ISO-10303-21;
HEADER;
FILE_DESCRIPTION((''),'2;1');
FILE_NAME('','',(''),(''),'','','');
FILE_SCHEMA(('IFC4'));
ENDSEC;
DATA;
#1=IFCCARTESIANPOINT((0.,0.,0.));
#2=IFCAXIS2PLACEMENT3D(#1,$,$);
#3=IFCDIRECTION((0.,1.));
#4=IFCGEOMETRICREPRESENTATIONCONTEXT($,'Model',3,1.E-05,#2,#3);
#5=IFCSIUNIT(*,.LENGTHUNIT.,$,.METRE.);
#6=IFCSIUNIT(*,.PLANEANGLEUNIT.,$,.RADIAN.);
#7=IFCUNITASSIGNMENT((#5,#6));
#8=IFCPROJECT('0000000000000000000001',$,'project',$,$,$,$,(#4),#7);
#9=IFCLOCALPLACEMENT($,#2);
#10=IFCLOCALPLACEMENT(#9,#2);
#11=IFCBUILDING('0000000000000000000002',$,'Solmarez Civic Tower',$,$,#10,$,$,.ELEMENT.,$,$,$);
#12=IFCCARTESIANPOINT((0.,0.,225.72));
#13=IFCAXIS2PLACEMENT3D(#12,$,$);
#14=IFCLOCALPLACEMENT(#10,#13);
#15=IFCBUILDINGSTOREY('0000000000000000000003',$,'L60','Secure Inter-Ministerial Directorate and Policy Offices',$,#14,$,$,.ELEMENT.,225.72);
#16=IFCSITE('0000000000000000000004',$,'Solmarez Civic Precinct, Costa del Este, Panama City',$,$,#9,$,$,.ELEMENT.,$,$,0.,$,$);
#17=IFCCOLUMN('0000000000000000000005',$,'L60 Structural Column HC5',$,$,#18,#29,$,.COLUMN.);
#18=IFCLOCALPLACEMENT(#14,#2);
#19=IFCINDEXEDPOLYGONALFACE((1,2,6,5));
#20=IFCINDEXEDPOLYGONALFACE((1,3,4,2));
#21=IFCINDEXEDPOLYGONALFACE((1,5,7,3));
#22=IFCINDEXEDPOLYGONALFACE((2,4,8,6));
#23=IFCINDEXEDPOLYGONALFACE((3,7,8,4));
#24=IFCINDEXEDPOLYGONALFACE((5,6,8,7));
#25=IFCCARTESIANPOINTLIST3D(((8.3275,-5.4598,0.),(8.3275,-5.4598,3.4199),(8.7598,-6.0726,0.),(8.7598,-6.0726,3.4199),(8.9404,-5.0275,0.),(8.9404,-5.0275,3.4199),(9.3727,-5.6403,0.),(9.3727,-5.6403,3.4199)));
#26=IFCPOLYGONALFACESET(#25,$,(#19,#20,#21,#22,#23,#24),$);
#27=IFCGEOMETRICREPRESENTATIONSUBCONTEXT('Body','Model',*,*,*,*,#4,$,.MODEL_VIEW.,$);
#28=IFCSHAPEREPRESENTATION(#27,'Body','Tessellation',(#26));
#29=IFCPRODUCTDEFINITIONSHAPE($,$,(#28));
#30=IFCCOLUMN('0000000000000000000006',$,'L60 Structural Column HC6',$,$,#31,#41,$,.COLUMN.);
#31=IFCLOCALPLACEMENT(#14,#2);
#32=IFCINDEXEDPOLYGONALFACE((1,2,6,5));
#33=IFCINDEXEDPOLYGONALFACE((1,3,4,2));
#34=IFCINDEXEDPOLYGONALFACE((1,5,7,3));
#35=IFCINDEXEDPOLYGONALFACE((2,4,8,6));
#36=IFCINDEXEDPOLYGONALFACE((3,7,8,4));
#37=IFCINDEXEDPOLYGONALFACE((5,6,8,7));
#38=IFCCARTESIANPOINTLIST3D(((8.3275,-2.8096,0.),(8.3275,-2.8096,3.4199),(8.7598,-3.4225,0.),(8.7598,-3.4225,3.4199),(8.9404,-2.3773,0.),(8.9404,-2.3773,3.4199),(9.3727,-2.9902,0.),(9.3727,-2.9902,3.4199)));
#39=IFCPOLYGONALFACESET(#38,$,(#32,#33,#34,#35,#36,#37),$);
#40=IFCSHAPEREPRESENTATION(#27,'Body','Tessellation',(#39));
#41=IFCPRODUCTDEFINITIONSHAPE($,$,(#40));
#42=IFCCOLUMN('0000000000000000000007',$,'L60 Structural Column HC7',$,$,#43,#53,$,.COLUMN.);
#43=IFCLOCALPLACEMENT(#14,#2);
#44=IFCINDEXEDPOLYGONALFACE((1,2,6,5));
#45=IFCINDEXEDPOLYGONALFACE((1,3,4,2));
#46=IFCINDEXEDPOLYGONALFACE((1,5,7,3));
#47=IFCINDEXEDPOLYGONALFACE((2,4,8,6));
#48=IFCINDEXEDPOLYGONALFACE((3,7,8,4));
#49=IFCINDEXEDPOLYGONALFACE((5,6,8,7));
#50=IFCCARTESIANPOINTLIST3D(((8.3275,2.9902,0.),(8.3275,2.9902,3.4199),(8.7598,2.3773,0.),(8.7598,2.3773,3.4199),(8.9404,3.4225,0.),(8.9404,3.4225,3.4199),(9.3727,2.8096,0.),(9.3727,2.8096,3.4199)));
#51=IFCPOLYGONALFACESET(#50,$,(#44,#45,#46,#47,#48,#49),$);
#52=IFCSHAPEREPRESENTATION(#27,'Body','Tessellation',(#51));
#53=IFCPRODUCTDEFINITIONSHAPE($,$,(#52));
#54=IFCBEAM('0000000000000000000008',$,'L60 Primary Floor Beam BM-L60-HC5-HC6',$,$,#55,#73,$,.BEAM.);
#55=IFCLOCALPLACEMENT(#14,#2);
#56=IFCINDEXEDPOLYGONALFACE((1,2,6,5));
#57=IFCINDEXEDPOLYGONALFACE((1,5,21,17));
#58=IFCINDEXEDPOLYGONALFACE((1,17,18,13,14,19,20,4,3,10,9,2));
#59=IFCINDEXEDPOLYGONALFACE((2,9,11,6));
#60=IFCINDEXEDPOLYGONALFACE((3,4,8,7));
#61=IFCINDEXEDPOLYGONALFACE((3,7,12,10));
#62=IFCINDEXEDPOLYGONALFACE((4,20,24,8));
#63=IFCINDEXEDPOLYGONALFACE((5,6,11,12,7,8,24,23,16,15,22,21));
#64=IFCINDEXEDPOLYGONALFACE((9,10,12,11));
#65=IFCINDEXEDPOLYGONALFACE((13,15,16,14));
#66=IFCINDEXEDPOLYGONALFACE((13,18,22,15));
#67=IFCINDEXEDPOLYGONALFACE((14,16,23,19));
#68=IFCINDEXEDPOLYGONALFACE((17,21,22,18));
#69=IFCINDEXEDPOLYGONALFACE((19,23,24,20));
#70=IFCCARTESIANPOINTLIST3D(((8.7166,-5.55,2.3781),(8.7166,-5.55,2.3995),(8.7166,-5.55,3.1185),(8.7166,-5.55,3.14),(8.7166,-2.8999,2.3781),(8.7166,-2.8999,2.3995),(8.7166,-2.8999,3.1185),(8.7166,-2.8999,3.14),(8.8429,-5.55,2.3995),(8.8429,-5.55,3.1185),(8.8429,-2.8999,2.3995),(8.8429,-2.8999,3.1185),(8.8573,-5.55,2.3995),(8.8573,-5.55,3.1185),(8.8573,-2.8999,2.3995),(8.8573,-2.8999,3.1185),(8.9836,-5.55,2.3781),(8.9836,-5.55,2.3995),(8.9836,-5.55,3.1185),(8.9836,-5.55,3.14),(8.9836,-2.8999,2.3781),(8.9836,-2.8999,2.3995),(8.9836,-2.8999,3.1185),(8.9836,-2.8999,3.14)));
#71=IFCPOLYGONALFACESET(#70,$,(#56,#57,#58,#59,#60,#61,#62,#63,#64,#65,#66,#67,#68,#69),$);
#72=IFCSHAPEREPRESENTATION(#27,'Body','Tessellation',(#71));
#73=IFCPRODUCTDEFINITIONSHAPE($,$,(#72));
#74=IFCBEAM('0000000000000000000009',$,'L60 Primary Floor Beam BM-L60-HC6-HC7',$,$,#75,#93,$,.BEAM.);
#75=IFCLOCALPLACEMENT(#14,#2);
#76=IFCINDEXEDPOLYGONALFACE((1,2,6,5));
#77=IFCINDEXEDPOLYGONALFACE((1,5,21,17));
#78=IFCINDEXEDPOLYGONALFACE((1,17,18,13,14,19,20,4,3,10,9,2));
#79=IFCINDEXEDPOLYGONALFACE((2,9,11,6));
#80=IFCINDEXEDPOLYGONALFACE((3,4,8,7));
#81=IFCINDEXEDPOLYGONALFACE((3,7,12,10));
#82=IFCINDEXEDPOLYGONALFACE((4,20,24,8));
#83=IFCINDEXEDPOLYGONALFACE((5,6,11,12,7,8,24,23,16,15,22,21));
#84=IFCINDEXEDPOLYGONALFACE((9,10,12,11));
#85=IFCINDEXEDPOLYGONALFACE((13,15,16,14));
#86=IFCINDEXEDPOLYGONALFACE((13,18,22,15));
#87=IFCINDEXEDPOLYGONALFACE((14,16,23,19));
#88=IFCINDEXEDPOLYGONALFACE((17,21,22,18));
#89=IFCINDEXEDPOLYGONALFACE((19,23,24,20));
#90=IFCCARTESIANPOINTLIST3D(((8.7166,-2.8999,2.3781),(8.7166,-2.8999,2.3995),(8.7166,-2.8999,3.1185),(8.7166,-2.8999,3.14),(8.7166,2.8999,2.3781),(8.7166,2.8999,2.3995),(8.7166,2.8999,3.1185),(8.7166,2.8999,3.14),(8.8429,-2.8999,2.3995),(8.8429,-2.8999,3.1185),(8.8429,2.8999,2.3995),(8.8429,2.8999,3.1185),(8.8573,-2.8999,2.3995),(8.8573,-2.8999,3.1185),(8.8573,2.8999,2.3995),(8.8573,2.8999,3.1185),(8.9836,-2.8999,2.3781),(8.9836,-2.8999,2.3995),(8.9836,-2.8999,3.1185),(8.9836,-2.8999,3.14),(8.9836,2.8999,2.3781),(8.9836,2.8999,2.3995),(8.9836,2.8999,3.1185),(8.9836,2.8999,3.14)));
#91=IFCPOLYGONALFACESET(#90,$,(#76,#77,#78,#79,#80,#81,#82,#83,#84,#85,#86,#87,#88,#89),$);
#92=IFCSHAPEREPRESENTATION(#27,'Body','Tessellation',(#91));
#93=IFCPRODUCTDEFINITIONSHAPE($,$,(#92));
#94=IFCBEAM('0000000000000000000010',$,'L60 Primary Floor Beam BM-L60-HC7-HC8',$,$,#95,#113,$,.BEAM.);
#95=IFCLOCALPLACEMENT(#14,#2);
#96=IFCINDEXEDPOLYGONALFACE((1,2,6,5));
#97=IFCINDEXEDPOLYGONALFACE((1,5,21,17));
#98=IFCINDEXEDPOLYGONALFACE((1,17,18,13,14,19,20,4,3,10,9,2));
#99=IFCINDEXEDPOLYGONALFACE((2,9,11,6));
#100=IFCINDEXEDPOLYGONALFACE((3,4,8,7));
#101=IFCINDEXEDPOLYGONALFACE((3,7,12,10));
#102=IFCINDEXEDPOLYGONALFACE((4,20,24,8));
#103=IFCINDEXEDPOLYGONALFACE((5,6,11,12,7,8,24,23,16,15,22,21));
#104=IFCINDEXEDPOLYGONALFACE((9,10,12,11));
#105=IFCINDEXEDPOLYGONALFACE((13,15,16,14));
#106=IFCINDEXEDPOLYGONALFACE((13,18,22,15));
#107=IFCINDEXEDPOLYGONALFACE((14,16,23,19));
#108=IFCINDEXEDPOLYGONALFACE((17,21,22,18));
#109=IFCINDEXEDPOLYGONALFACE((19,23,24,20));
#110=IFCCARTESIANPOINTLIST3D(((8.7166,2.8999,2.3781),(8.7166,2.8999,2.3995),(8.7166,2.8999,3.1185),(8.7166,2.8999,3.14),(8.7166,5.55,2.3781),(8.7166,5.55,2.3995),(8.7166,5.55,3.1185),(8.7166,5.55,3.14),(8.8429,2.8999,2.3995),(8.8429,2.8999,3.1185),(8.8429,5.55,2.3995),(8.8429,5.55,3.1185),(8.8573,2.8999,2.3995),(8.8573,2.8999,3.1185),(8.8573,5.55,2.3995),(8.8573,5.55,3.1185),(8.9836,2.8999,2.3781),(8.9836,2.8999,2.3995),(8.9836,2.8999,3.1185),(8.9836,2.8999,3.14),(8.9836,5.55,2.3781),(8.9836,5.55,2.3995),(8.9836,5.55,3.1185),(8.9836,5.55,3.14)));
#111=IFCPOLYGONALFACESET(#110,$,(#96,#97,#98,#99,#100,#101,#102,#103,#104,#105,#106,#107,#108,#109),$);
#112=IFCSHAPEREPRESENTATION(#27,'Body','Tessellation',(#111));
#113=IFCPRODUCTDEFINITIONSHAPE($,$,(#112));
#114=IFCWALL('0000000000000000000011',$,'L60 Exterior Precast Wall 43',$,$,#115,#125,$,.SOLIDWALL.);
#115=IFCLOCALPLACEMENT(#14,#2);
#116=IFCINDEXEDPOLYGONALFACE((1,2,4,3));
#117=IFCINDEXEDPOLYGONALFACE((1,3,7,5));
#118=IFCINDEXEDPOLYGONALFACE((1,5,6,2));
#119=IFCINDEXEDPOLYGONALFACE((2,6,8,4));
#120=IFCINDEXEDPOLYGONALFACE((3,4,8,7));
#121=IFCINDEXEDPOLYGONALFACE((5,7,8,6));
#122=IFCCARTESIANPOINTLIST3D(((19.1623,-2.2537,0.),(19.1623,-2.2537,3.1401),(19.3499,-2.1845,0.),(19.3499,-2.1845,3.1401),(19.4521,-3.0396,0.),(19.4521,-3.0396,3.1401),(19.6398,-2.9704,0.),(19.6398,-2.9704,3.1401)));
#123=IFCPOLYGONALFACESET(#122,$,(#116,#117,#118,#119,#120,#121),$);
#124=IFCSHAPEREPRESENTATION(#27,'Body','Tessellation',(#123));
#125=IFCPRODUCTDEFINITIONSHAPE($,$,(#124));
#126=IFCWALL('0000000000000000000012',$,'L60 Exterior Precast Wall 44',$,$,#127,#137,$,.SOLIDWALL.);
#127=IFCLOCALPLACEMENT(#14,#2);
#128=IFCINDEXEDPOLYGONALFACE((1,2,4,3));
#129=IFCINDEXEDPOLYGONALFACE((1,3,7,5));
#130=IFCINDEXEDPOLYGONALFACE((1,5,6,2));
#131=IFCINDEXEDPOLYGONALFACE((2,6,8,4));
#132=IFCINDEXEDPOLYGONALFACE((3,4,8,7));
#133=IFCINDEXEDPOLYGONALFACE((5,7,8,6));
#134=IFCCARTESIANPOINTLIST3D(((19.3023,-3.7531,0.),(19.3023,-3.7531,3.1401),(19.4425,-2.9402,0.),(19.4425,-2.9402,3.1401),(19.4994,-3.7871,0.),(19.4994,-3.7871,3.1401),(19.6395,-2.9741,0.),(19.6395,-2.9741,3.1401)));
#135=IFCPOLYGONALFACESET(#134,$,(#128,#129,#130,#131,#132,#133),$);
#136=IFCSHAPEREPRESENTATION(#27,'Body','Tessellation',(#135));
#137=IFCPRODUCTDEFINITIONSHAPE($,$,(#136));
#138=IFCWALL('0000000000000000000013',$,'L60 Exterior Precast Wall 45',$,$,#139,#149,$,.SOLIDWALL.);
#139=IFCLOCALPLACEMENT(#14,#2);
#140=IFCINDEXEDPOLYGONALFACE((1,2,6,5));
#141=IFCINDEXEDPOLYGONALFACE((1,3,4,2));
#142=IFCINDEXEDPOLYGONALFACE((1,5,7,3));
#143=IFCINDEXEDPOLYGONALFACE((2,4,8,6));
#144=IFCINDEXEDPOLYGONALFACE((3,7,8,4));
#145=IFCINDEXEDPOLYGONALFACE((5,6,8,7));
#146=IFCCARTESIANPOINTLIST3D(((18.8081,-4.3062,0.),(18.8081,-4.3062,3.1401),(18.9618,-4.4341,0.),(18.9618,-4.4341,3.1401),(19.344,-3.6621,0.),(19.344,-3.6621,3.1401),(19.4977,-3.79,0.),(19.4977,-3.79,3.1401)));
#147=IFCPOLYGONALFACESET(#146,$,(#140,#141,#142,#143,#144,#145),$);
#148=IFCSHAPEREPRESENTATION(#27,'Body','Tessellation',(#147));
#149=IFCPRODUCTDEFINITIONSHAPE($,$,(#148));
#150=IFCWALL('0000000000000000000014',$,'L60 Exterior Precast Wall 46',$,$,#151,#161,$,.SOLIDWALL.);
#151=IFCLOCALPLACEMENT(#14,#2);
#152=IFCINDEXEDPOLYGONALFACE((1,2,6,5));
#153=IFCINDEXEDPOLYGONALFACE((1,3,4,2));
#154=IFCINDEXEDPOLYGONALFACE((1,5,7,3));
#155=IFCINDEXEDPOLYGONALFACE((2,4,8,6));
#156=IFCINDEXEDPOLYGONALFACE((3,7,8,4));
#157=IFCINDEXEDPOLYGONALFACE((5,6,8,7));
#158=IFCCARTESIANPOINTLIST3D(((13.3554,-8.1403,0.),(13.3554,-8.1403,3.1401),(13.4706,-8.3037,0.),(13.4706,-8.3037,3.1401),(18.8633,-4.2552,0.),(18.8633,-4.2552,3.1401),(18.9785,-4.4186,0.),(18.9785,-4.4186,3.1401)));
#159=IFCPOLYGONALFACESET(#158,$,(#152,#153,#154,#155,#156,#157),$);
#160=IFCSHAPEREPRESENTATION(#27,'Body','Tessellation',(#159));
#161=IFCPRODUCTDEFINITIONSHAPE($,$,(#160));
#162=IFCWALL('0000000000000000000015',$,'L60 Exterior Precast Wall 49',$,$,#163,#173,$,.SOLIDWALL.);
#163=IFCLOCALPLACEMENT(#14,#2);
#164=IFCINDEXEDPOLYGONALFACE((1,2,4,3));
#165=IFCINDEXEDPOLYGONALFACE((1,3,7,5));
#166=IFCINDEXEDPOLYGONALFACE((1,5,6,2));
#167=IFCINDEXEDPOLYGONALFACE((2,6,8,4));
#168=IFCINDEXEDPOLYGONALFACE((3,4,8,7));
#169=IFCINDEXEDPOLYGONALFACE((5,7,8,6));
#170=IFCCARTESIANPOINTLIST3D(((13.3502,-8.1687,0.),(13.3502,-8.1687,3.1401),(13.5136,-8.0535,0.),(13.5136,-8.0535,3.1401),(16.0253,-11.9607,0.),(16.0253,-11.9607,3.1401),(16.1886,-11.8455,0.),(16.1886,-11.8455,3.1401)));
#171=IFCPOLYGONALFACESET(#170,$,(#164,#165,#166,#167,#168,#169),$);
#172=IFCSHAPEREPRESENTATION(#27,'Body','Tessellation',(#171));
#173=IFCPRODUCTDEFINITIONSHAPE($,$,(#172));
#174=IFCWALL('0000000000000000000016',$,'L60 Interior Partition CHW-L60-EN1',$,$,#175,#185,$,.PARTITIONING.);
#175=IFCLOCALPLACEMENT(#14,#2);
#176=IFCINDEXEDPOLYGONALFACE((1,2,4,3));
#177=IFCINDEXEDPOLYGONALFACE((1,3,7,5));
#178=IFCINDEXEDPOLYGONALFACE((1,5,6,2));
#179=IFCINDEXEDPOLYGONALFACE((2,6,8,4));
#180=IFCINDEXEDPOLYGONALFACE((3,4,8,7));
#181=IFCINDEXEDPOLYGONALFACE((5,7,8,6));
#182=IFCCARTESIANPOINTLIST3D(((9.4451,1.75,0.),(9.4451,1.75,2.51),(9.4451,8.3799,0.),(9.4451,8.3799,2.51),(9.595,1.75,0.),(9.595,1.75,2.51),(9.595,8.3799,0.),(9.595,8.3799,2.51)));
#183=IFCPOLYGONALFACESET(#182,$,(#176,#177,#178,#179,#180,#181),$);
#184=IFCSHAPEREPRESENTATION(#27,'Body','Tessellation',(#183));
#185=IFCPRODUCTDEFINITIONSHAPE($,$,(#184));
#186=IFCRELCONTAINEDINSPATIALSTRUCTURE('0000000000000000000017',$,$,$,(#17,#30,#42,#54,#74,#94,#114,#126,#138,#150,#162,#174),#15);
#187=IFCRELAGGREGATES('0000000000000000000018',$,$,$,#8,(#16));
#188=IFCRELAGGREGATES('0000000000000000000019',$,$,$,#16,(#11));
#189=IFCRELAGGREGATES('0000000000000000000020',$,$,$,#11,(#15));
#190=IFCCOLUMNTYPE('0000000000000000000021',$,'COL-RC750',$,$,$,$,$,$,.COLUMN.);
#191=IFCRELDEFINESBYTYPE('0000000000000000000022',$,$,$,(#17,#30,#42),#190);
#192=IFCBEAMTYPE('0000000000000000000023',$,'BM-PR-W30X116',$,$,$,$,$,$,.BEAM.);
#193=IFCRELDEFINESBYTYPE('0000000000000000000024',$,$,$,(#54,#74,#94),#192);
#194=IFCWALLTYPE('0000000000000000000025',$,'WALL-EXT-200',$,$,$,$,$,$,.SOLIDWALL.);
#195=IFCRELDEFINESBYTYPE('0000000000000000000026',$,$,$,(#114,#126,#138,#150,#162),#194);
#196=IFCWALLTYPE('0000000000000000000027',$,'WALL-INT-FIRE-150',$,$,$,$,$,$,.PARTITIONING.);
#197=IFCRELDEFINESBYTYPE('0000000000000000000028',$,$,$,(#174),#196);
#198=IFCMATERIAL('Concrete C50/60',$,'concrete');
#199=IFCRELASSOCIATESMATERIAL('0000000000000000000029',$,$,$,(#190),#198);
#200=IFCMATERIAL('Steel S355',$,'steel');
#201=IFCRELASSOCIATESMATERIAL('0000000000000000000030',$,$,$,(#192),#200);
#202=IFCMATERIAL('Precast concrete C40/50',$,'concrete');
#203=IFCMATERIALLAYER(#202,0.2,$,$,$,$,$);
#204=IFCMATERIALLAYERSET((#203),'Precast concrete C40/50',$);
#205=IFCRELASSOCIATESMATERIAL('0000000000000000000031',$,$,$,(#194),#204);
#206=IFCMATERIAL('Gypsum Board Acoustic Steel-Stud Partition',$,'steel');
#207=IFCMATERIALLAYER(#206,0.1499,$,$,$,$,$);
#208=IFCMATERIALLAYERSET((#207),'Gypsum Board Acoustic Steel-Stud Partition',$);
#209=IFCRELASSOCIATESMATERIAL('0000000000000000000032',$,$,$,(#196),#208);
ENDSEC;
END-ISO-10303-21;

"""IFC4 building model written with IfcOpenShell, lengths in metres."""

from ifc_helpers import new_model, si_unit, direction, frame, frame_2d, origin, origin_2d, place, context, subcontext, project, spatial, rectangle, i_section, extrude, material, layer, layer_set, material_profile, profile_set, type_object, element, save


model = new_model("IFC4")

# Units and contexts
model_context = context("Model", 3, precision=1e-05, world=origin(), true_north=direction((0.0, 1.0)))
body_context = subcontext(model_context, "Body", "Model", "MODEL_VIEW")
ifc_project = project(units=[si_unit("LENGTHUNIT", "METRE"), si_unit("PLANEANGLEUNIT", "RADIAN")], contexts=[model_context])

# Site, building, storey
site_placement = place(None, origin())
site = spatial("IfcSite", under=ifc_project, at=site_placement, Name="Solmarez Civic Precinct, Costa del Este, Panama City", CompositionType="ELEMENT", RefElevation=0.0)
building_placement = place(site_placement, origin())
building = spatial("IfcBuilding", under=site, at=building_placement, Name="Solmarez Civic Tower", CompositionType="ELEMENT")
storey_placement = place(building_placement, frame((0.0, 0.0, 225.72)))
storey = spatial("IfcBuildingStorey", under=building, at=storey_placement, Name="L60", Description="Secure Inter-Ministerial Directorate and Policy Offices", CompositionType="ELEMENT", Elevation=225.72)

# Columns
ifc_material_1 = material(Name="Concrete C50/60", Category="concrete")
ifc_material_profile_1 = material_profile(ifc_material_1, rectangle(XDim=0.75, YDim=0.75, at=origin_2d()), Name="RC750X750")
ifc_profile_set_1 = profile_set([ifc_material_profile_1], Name="Concrete C50/60")
column_type = type_object("IfcColumnType", Name="COL-RC750", PredefinedType="COLUMN", material=ifc_profile_set_1)
for number, where, z_axis, x_axis, name in (
    (1, (8.8501, -5.55, 0.0), (0.0, 0.0, 1.0), (0.817145, 0.576432, 0.0), "L60 Structural Column HC5"),
    (2, (8.8501, -2.8999, 0.0), (0.0, 0.0, 1.0), (0.817145, 0.576432, 0.0), "L60 Structural Column HC6"),
    (3, (8.8501, 2.8999, 0.0), (0.0, 0.0, 1.0), (0.817145, 0.576432, 0.0), "L60 Structural Column HC7"),
):
    element("IfcColumn", number, at=place(storey_placement, frame(where, z_axis=z_axis, x_axis=x_axis)), inside=storey, type_object=column_type, Name=name, PredefinedType="COLUMN", context=body_context, shape_type="SweptSolid", body=[
        extrude(rectangle(XDim=0.75, YDim=0.75, at=origin_2d()), origin(), (0.0, 0.0, 1.0), 3.4199),
    ])

# Beams
ifc_material_2 = material(Name="Steel S355", Category="steel")
ifc_material_profile_2 = material_profile(ifc_material_2, i_section(OverallWidth=0.2671, OverallDepth=0.762, WebThickness=0.0144, FlangeThickness=0.0215, at=origin_2d()), Name="W30X116")
ifc_profile_set_2 = profile_set([ifc_material_profile_2], Name="Steel S355")
beam_type = type_object("IfcBeamType", Name="BM-PR-W30X116", PredefinedType="BEAM", material=ifc_profile_set_2)
beam_1_placement = place(storey_placement, frame((8.8501, -5.55, 2.759), z_axis=(0.0, 1.0, 0.0), x_axis=(-1.0, 0.0, 0.0)))
element("IfcBeam", 4, at=beam_1_placement, inside=storey, type_object=beam_type, Name="L60 Primary Floor Beam BM-L60-HC5-HC6", PredefinedType="BEAM", context=body_context, shape_type="SweptSolid", body=[
    extrude(i_section(OverallWidth=0.2671, OverallDepth=0.762, WebThickness=0.0144, FlangeThickness=0.0215, at=origin_2d()), origin(), (0.0, 0.0, 1.0), 2.6501),
])
beam_2_placement = place(storey_placement, frame((8.8501, -2.8999, 2.759), z_axis=(0.0, 1.0, 0.0), x_axis=(-1.0, 0.0, 0.0)))
element("IfcBeam", 5, at=beam_2_placement, inside=storey, type_object=beam_type, Name="L60 Primary Floor Beam BM-L60-HC6-HC7", PredefinedType="BEAM", context=body_context, shape_type="SweptSolid", body=[
    extrude(i_section(OverallWidth=0.2671, OverallDepth=0.762, WebThickness=0.0144, FlangeThickness=0.0215, at=origin_2d()), origin(), (0.0, 0.0, 1.0), 5.7998),
])
beam_3_placement = place(storey_placement, frame((8.8501, 2.8999, 2.759), z_axis=(0.0, 1.0, 0.0), x_axis=(-1.0, 0.0, 0.0)))
element("IfcBeam", 6, at=beam_3_placement, inside=storey, type_object=beam_type, Name="L60 Primary Floor Beam BM-L60-HC7-HC8", PredefinedType="BEAM", context=body_context, shape_type="SweptSolid", body=[
    extrude(i_section(OverallWidth=0.2671, OverallDepth=0.762, WebThickness=0.0144, FlangeThickness=0.0215, at=origin_2d()), origin(), (0.0, 0.0, 1.0), 2.6501),
])

# Walls
ifc_material_3 = material(Name="Precast concrete C40/50", Category="concrete")
ifc_layer_1 = layer(ifc_material_3, 0.2)
ifc_layer_set_1 = layer_set([ifc_layer_1], Name="Precast concrete C40/50")
wall_type_1 = type_object("IfcWallType", Name="WALL-EXT-200", PredefinedType="SOLIDWALL", material=ifc_layer_set_1)
wall_1_placement = place(storey_placement, frame((19.2561, -2.219, 0.0), z_axis=(0.0, 0.0, 1.0), x_axis=(0.345975, -0.938244, 0.0)))
element("IfcWall", 7, at=wall_1_placement, inside=storey, type_object=wall_type_1, Name="L60 Exterior Precast Wall 43", PredefinedType="SOLIDWALL", context=body_context, shape_type="SweptSolid", body=[
    extrude(rectangle(XDim=0.8376, YDim=0.2, at=frame_2d((0.4189, 0.0))), origin(), (0.0, 0.0, 1.0), 3.1401),
])
wall_2_placement = place(storey_placement, frame((19.541, -2.957, 0.0), z_axis=(0.0, 0.0, 1.0), x_axis=(-0.169867, -0.985467, 0.0)))
element("IfcWall", 8, at=wall_2_placement, inside=storey, type_object=wall_type_1, Name="L60 Exterior Precast Wall 44", PredefinedType="SOLIDWALL", context=body_context, shape_type="SweptSolid", body=[
    extrude(rectangle(XDim=0.825, YDim=0.2, at=frame_2d((0.4126, 0.0))), origin(), (0.0, 0.0, 1.0), 3.1401),
])
wall_3_placement = place(storey_placement, frame((19.4209, -3.7261, 0.0), z_axis=(0.0, 0.0, 1.0), x_axis=(-0.639611, -0.768699, 0.0)))
element("IfcWall", 9, at=wall_3_placement, inside=storey, type_object=wall_type_1, Name="L60 Exterior Precast Wall 45", PredefinedType="SOLIDWALL", context=body_context, shape_type="SweptSolid", body=[
    extrude(rectangle(XDim=0.8379, YDim=0.2, at=frame_2d((0.4189, 0.0))), origin(), (0.0, 0.0, 1.0), 3.1401),
])
wall_4_placement = place(storey_placement, frame((18.9209, -4.3369, 0.0), z_axis=(0.0, 0.0, 1.0), x_axis=(-0.817168, -0.5764, 0.0)))
element("IfcWall", 10, at=wall_4_placement, inside=storey, type_object=wall_type_1, Name="L60 Exterior Precast Wall 46", PredefinedType="SOLIDWALL", context=body_context, shape_type="SweptSolid", body=[
    extrude(rectangle(XDim=6.7402, YDim=0.2, at=frame_2d((3.3701, 0.0))), origin(), (0.0, 0.0, 1.0), 3.1401),
])
wall_5_placement = place(storey_placement, frame((13.4319, -8.1111, 0.0), z_axis=(0.0, 0.0, 1.0), x_axis=(0.576446, -0.817135, 0.0)))
element("IfcWall", 11, at=wall_5_placement, inside=storey, type_object=wall_type_1, Name="L60 Exterior Precast Wall 49", PredefinedType="SOLIDWALL", context=body_context, shape_type="SweptSolid", body=[
    extrude(rectangle(XDim=4.6406, YDim=0.2, at=frame_2d((2.3203, 0.0))), origin(), (0.0, 0.0, 1.0), 3.1401),
])
ifc_material_4 = material(Name="Gypsum Board Acoustic Steel-Stud Partition", Category="steel")
ifc_layer_2 = layer(ifc_material_4, 0.1499)
ifc_layer_set_2 = layer_set([ifc_layer_2], Name="Gypsum Board Acoustic Steel-Stud Partition")
wall_type_2 = type_object("IfcWallType", Name="WALL-INT-FIRE-150", PredefinedType="PARTITIONING", material=ifc_layer_set_2)
wall_6_placement = place(storey_placement, frame((9.52, 1.75, 0.0), z_axis=(0.0, 0.0, 1.0), x_axis=(0.0, 1.0, 0.0)))
element("IfcWall", 12, at=wall_6_placement, inside=storey, type_object=wall_type_2, Name="L60 Interior Partition CHW-L60-EN1", PredefinedType="PARTITIONING", context=body_context, shape_type="SweptSolid", body=[
    extrude(rectangle(XDim=6.6299, YDim=0.1499, at=frame_2d((3.3149, 0.0))), origin(), (0.0, 0.0, 1.0), 2.51),
])

save(model, "model.ifc")
